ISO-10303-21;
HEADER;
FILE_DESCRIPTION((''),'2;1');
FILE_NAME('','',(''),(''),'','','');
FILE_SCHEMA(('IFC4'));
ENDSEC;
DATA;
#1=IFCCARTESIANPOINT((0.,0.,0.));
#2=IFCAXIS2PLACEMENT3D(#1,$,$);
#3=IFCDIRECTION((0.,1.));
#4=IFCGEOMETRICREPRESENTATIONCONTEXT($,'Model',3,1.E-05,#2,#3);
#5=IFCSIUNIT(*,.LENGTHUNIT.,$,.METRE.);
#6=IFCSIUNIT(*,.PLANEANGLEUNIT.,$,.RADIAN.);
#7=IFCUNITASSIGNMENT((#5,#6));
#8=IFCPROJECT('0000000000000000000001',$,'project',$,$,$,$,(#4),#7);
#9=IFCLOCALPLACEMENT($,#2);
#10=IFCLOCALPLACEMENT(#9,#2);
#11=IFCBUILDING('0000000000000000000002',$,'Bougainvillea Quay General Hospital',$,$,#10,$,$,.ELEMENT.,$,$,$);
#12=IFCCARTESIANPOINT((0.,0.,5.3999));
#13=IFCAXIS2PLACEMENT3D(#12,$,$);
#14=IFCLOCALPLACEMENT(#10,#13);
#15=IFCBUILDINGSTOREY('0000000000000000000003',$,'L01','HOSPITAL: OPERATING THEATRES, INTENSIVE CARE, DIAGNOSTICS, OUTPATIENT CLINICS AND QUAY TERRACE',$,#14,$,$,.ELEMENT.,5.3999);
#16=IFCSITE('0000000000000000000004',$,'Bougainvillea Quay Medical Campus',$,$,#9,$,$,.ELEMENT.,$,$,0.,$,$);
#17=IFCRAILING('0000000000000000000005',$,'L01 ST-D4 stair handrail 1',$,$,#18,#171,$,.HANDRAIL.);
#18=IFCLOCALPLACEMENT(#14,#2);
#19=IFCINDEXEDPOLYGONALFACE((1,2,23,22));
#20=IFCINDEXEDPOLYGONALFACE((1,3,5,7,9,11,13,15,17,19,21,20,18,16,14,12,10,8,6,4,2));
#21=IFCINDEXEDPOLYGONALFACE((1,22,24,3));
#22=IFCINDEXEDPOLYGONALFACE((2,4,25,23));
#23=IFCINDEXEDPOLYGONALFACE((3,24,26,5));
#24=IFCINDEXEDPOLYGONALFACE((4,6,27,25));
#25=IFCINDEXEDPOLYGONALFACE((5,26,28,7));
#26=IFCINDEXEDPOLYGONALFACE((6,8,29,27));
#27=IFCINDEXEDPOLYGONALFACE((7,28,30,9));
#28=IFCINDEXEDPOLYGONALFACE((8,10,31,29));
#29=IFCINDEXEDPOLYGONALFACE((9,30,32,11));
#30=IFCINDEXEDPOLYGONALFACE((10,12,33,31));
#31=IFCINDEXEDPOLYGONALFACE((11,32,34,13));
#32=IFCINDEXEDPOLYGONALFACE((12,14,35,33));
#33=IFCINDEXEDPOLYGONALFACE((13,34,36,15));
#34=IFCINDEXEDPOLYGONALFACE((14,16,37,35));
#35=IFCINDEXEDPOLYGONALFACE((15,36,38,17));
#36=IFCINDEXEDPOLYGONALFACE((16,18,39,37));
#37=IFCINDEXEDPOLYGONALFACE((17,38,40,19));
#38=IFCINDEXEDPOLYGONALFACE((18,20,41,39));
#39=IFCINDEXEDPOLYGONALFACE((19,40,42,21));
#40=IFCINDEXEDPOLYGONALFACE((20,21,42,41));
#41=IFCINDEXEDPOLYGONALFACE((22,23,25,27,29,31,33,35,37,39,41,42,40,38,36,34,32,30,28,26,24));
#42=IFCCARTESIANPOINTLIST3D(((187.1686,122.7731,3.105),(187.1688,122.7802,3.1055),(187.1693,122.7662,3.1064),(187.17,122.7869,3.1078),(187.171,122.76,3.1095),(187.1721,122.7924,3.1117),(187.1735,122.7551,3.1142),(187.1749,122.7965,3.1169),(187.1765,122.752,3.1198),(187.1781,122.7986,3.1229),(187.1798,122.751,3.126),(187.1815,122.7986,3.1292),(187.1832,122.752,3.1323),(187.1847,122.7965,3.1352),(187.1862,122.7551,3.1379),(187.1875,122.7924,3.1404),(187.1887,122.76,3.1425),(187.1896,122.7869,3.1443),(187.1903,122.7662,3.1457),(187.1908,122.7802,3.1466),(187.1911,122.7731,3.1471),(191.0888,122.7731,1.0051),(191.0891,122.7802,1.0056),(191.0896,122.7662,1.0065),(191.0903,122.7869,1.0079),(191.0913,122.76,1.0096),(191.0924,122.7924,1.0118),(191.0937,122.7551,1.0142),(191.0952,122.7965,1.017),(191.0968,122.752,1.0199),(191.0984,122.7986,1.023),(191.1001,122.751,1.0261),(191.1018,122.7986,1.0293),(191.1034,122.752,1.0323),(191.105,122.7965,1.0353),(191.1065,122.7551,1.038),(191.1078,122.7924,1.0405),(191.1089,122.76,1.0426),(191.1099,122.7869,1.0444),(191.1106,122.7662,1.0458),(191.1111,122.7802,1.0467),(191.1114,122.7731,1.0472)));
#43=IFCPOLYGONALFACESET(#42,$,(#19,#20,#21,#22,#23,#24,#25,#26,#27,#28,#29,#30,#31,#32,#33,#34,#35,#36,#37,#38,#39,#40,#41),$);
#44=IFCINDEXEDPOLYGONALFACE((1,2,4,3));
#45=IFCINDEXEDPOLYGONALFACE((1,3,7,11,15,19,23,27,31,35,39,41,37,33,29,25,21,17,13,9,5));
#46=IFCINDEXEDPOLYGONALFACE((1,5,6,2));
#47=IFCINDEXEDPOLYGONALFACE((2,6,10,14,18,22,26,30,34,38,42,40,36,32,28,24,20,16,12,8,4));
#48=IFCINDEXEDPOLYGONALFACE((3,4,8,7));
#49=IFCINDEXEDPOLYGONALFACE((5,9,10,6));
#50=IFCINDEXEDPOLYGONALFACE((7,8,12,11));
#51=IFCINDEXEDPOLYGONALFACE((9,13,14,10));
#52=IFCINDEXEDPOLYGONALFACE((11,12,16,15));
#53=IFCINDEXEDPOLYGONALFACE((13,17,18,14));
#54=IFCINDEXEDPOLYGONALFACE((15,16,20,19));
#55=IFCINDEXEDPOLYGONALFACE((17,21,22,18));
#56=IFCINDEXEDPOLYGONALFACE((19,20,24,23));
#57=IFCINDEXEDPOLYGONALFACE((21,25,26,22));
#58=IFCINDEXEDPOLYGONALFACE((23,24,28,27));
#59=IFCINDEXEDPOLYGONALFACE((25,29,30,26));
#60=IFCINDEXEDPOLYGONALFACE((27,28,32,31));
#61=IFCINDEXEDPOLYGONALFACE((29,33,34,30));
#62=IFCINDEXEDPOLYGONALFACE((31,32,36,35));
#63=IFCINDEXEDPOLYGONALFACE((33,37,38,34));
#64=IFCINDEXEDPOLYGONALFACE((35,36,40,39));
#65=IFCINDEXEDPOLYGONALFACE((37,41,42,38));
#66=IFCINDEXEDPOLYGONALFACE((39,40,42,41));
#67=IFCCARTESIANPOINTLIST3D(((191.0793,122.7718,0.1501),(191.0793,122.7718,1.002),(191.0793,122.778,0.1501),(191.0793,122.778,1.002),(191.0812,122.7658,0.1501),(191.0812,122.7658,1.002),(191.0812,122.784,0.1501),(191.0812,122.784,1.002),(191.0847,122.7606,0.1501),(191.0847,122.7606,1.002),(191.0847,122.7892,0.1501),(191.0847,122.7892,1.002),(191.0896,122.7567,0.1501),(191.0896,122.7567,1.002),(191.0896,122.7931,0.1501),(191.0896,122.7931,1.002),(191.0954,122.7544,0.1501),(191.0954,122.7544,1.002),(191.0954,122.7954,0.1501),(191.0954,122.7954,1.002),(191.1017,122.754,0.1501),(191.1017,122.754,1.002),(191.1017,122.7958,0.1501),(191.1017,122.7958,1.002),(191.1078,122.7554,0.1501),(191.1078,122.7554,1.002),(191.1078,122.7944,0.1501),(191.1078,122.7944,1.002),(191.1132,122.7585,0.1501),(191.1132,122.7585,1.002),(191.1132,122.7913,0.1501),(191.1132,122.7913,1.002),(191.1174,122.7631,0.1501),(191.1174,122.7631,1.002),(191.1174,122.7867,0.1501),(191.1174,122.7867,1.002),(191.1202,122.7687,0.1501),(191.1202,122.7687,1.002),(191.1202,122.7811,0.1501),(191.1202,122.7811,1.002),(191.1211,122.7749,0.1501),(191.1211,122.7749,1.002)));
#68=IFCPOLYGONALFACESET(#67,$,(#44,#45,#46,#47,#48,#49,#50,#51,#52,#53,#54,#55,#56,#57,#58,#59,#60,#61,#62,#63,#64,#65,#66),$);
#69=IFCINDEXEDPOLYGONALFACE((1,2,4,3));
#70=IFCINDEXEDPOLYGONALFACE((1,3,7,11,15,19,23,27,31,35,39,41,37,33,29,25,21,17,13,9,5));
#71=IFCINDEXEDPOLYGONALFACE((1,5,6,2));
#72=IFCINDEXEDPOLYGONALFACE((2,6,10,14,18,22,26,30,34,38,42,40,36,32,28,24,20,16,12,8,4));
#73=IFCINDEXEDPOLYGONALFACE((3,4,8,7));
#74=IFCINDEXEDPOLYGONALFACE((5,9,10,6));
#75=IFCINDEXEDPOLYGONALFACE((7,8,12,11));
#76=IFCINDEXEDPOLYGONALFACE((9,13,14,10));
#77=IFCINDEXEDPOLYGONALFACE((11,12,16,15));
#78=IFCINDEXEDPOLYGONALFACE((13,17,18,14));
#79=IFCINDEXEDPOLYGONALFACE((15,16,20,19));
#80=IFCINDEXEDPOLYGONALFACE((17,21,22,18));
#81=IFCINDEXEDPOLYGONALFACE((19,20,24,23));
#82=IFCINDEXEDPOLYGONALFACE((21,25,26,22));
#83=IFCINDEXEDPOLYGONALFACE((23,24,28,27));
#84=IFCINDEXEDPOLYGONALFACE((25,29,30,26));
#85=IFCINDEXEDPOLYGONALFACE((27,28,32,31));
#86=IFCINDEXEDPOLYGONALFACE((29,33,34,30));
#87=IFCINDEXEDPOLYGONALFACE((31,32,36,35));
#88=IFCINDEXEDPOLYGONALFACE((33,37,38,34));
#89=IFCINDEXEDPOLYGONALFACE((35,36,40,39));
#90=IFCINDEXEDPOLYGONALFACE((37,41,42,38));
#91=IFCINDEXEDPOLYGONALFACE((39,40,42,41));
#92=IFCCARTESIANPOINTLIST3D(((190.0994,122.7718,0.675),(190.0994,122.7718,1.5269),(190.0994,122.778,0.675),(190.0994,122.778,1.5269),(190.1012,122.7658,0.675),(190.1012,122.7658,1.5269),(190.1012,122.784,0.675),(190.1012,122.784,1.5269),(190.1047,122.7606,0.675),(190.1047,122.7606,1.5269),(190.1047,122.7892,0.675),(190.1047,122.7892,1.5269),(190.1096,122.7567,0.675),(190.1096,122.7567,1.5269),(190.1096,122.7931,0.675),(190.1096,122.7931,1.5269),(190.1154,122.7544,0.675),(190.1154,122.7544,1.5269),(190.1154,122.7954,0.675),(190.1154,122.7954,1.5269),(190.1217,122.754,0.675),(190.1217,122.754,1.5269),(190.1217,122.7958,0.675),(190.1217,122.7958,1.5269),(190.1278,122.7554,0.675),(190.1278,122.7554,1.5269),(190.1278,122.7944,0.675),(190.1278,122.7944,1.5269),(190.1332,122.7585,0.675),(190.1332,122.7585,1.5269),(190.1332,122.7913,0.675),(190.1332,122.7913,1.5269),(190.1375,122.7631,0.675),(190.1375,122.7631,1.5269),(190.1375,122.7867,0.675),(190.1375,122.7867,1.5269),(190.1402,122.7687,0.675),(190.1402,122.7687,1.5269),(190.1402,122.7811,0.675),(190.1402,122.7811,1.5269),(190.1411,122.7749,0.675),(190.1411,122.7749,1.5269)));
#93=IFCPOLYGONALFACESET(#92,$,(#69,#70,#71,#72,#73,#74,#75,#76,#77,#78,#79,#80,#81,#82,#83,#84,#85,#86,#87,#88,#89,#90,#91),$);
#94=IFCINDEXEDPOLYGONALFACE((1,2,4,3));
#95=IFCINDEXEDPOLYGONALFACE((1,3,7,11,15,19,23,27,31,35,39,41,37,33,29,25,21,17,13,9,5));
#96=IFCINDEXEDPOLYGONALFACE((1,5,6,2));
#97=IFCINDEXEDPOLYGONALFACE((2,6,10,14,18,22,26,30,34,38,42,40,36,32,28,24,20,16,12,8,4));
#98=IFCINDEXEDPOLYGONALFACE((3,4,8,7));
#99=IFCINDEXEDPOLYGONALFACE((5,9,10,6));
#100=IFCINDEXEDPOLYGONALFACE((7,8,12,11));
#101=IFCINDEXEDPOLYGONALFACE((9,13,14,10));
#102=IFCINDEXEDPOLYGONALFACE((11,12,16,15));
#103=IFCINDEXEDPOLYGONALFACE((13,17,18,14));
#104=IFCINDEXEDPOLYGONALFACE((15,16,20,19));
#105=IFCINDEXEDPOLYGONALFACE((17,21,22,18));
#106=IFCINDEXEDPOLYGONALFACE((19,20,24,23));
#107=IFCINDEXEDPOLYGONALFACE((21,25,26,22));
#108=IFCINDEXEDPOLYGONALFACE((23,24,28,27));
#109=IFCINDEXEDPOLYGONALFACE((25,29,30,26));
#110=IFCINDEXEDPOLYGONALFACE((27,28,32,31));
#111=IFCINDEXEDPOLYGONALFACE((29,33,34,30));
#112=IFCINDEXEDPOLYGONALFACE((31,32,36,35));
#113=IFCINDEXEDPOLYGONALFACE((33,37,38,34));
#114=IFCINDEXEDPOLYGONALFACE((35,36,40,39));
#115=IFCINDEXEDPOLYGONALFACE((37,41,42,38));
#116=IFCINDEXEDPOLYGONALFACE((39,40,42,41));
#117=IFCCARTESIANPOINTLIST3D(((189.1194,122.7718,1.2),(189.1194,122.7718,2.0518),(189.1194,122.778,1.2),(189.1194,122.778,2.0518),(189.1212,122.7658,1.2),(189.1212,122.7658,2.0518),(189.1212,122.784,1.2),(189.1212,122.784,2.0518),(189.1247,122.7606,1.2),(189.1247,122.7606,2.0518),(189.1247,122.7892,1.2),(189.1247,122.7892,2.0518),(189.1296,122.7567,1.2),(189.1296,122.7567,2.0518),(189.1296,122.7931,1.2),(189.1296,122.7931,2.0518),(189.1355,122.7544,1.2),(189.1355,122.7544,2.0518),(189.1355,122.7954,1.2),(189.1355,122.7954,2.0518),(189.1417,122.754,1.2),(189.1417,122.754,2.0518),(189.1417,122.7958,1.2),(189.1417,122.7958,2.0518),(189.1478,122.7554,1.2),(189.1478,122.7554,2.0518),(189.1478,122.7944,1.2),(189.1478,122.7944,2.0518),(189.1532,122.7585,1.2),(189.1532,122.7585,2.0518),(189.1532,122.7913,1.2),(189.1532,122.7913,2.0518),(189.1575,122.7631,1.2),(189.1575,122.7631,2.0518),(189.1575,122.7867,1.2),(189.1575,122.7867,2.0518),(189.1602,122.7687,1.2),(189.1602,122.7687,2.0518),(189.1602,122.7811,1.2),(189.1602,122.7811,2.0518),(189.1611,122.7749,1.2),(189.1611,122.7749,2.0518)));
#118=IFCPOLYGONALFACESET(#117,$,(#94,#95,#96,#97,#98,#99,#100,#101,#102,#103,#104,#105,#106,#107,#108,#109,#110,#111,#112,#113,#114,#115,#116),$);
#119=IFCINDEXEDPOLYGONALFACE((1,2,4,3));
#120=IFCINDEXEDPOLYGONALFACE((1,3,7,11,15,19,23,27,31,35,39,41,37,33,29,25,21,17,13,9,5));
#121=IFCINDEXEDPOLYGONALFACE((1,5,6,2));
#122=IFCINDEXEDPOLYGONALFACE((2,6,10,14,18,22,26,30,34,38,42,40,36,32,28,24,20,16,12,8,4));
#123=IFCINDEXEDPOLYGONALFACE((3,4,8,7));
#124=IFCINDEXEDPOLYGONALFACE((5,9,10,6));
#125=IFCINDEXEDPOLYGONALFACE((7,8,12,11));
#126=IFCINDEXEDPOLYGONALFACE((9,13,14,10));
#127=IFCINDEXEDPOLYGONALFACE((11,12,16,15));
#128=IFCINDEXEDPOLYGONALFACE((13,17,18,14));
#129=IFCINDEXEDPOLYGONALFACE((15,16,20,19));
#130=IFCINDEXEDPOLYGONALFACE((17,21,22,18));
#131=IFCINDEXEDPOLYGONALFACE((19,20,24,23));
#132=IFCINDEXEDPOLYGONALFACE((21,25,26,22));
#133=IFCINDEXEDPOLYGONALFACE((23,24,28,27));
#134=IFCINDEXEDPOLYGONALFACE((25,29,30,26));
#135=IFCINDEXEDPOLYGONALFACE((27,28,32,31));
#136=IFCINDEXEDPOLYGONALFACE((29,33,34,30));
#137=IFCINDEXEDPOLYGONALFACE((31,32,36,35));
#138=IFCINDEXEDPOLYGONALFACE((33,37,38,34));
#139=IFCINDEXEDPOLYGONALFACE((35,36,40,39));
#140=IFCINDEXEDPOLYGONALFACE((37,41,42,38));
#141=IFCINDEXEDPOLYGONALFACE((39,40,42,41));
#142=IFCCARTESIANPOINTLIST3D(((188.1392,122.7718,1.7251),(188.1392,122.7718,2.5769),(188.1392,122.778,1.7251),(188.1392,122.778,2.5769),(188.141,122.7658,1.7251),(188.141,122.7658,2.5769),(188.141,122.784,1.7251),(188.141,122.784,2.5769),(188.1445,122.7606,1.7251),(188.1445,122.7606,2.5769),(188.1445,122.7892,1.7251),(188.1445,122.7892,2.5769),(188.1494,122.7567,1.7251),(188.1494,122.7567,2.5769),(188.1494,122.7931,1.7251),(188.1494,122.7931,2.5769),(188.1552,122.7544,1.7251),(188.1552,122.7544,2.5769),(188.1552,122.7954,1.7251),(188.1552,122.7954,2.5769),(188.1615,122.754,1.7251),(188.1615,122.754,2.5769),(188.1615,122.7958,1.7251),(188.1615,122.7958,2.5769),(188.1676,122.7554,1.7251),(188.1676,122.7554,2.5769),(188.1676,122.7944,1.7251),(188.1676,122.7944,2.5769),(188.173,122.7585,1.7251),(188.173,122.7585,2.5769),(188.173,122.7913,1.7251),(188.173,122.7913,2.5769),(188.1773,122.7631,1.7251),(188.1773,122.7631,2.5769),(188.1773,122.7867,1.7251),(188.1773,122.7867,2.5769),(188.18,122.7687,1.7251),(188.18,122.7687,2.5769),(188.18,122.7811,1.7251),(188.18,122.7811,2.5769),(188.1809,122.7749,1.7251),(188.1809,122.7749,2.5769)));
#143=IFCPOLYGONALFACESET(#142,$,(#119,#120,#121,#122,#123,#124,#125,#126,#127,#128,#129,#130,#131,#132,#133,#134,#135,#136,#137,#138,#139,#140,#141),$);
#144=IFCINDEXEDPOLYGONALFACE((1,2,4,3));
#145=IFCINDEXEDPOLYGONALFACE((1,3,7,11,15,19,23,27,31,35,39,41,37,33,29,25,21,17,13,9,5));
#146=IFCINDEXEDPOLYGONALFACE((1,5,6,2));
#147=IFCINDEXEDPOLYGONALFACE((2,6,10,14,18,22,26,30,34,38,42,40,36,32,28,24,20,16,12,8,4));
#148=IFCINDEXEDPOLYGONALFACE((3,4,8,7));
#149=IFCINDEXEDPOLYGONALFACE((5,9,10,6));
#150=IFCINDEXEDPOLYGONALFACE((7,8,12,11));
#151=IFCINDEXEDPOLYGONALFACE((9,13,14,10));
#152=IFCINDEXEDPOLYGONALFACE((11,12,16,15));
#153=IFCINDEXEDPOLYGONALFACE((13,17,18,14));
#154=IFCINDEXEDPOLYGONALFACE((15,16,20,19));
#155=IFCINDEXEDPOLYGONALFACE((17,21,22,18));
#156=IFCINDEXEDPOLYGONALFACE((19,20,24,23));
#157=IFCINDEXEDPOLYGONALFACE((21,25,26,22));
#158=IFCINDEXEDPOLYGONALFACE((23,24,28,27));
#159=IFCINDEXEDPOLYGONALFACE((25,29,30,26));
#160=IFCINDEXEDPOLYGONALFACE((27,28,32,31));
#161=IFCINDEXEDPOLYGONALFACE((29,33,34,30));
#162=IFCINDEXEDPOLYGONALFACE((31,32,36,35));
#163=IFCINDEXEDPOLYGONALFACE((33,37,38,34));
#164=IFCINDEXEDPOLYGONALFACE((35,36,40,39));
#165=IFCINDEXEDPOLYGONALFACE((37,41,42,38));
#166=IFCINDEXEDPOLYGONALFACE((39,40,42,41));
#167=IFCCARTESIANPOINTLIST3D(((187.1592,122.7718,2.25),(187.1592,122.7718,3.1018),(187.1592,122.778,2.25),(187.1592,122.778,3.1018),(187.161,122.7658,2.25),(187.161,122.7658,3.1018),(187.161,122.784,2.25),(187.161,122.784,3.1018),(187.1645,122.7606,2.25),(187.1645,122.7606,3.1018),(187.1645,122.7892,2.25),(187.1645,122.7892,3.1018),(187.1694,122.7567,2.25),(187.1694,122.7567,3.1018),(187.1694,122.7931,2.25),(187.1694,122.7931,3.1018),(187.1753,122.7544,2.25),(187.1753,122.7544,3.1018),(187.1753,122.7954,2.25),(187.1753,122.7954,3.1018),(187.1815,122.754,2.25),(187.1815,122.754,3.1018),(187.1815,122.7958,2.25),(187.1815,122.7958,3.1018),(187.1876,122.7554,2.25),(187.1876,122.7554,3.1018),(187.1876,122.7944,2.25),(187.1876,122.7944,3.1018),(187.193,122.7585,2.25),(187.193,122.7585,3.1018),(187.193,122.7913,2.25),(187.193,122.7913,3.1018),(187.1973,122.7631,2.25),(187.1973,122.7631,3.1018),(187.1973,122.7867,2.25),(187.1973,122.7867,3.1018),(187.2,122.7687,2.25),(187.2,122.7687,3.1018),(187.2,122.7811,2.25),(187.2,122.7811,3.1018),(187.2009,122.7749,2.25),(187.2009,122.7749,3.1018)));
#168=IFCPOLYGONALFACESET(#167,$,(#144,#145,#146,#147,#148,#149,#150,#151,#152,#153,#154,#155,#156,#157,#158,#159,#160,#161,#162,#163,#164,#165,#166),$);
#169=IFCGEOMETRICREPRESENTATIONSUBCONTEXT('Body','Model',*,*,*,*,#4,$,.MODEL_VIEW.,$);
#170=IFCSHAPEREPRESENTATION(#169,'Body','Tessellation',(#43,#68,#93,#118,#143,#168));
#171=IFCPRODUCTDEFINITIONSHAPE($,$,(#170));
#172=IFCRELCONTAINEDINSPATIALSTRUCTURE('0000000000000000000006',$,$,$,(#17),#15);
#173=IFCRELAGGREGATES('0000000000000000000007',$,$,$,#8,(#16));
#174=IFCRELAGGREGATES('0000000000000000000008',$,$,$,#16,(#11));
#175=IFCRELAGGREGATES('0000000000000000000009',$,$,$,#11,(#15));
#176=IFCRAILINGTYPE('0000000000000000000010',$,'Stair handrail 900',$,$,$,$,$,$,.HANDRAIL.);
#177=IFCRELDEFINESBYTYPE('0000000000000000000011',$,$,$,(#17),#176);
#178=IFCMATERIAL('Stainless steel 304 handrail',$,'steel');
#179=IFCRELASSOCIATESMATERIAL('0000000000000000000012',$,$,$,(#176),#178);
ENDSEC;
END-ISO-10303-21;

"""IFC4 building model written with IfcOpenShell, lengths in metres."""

from ifc_helpers import new_model, si_unit, direction, frame, origin, origin_2d, place, context, subcontext, project, spatial, circle, extrude, material, type_object, element, save


model = new_model("IFC4")

# Units and contexts
model_context = context("Model", 3, precision=1e-05, world=origin(), true_north=direction((0.0, 1.0)))
body_context = subcontext(model_context, "Body", "Model", "MODEL_VIEW")
ifc_project = project(units=[si_unit("LENGTHUNIT", "METRE"), si_unit("PLANEANGLEUNIT", "RADIAN")], contexts=[model_context])

# Site, building, storey
site_placement = place(None, origin())
site = spatial("IfcSite", under=ifc_project, at=site_placement, Name="Bougainvillea Quay Medical Campus", CompositionType="ELEMENT", RefElevation=0.0)
building_placement = place(site_placement, origin())
building = spatial("IfcBuilding", under=site, at=building_placement, Name="Bougainvillea Quay General Hospital", CompositionType="ELEMENT")
storey_placement = place(building_placement, frame((0.0, 0.0, 5.3999)))
storey = spatial("IfcBuildingStorey", under=building, at=storey_placement, Name="L01", Description="HOSPITAL: OPERATING THEATRES, INTENSIVE CARE, DIAGNOSTICS, OUTPATIENT CLINICS AND QUAY TERRACE", CompositionType="ELEMENT", Elevation=5.3999)

# Railing
ifc_material_1 = material(Name="Stainless steel 304 handrail", Category="steel")
railing_type_1 = type_object("IfcRailingType", Name="Stair handrail 900", PredefinedType="HANDRAIL", material=ifc_material_1)
railing_1_placement = place(storey_placement, frame((191.1001, 122.7749, 0.1501)))
element("IfcRailing", 1, at=railing_1_placement, inside=storey, type_object=railing_type_1, Name="L01 ST-D4 stair handrail 1", PredefinedType="HANDRAIL", context=body_context, shape_type="SweptSolid", body=[
    extrude(circle(Radius=0.0239, at=origin_2d()), frame((0.0, 0.0, 0.876), z_axis=(-0.881502, 0.0, 0.47218), x_axis=(0.0, -1.0, 0.0)), (0.0, 0.0, 1.0), 4.4473),
    extrude(circle(Radius=0.021, at=origin_2d()), origin(), (0.0, 0.0, 1.0), 0.8518),
    extrude(circle(Radius=0.021, at=origin_2d()), frame((-0.98, 0.0, 0.5249)), (0.0, 0.0, 1.0), 0.8518),
    extrude(circle(Radius=0.021, at=origin_2d()), frame((-1.96, 0.0, 1.0498)), (0.0, 0.0, 1.0), 0.8518),
    extrude(circle(Radius=0.021, at=origin_2d()), frame((-2.9402, 0.0, 1.575)), (0.0, 0.0, 1.0), 0.8518),
    extrude(circle(Radius=0.021, at=origin_2d()), frame((-3.9202, 0.0, 2.0999)), (0.0, 0.0, 1.0), 0.8518),
])

save(model, "model.ifc")
